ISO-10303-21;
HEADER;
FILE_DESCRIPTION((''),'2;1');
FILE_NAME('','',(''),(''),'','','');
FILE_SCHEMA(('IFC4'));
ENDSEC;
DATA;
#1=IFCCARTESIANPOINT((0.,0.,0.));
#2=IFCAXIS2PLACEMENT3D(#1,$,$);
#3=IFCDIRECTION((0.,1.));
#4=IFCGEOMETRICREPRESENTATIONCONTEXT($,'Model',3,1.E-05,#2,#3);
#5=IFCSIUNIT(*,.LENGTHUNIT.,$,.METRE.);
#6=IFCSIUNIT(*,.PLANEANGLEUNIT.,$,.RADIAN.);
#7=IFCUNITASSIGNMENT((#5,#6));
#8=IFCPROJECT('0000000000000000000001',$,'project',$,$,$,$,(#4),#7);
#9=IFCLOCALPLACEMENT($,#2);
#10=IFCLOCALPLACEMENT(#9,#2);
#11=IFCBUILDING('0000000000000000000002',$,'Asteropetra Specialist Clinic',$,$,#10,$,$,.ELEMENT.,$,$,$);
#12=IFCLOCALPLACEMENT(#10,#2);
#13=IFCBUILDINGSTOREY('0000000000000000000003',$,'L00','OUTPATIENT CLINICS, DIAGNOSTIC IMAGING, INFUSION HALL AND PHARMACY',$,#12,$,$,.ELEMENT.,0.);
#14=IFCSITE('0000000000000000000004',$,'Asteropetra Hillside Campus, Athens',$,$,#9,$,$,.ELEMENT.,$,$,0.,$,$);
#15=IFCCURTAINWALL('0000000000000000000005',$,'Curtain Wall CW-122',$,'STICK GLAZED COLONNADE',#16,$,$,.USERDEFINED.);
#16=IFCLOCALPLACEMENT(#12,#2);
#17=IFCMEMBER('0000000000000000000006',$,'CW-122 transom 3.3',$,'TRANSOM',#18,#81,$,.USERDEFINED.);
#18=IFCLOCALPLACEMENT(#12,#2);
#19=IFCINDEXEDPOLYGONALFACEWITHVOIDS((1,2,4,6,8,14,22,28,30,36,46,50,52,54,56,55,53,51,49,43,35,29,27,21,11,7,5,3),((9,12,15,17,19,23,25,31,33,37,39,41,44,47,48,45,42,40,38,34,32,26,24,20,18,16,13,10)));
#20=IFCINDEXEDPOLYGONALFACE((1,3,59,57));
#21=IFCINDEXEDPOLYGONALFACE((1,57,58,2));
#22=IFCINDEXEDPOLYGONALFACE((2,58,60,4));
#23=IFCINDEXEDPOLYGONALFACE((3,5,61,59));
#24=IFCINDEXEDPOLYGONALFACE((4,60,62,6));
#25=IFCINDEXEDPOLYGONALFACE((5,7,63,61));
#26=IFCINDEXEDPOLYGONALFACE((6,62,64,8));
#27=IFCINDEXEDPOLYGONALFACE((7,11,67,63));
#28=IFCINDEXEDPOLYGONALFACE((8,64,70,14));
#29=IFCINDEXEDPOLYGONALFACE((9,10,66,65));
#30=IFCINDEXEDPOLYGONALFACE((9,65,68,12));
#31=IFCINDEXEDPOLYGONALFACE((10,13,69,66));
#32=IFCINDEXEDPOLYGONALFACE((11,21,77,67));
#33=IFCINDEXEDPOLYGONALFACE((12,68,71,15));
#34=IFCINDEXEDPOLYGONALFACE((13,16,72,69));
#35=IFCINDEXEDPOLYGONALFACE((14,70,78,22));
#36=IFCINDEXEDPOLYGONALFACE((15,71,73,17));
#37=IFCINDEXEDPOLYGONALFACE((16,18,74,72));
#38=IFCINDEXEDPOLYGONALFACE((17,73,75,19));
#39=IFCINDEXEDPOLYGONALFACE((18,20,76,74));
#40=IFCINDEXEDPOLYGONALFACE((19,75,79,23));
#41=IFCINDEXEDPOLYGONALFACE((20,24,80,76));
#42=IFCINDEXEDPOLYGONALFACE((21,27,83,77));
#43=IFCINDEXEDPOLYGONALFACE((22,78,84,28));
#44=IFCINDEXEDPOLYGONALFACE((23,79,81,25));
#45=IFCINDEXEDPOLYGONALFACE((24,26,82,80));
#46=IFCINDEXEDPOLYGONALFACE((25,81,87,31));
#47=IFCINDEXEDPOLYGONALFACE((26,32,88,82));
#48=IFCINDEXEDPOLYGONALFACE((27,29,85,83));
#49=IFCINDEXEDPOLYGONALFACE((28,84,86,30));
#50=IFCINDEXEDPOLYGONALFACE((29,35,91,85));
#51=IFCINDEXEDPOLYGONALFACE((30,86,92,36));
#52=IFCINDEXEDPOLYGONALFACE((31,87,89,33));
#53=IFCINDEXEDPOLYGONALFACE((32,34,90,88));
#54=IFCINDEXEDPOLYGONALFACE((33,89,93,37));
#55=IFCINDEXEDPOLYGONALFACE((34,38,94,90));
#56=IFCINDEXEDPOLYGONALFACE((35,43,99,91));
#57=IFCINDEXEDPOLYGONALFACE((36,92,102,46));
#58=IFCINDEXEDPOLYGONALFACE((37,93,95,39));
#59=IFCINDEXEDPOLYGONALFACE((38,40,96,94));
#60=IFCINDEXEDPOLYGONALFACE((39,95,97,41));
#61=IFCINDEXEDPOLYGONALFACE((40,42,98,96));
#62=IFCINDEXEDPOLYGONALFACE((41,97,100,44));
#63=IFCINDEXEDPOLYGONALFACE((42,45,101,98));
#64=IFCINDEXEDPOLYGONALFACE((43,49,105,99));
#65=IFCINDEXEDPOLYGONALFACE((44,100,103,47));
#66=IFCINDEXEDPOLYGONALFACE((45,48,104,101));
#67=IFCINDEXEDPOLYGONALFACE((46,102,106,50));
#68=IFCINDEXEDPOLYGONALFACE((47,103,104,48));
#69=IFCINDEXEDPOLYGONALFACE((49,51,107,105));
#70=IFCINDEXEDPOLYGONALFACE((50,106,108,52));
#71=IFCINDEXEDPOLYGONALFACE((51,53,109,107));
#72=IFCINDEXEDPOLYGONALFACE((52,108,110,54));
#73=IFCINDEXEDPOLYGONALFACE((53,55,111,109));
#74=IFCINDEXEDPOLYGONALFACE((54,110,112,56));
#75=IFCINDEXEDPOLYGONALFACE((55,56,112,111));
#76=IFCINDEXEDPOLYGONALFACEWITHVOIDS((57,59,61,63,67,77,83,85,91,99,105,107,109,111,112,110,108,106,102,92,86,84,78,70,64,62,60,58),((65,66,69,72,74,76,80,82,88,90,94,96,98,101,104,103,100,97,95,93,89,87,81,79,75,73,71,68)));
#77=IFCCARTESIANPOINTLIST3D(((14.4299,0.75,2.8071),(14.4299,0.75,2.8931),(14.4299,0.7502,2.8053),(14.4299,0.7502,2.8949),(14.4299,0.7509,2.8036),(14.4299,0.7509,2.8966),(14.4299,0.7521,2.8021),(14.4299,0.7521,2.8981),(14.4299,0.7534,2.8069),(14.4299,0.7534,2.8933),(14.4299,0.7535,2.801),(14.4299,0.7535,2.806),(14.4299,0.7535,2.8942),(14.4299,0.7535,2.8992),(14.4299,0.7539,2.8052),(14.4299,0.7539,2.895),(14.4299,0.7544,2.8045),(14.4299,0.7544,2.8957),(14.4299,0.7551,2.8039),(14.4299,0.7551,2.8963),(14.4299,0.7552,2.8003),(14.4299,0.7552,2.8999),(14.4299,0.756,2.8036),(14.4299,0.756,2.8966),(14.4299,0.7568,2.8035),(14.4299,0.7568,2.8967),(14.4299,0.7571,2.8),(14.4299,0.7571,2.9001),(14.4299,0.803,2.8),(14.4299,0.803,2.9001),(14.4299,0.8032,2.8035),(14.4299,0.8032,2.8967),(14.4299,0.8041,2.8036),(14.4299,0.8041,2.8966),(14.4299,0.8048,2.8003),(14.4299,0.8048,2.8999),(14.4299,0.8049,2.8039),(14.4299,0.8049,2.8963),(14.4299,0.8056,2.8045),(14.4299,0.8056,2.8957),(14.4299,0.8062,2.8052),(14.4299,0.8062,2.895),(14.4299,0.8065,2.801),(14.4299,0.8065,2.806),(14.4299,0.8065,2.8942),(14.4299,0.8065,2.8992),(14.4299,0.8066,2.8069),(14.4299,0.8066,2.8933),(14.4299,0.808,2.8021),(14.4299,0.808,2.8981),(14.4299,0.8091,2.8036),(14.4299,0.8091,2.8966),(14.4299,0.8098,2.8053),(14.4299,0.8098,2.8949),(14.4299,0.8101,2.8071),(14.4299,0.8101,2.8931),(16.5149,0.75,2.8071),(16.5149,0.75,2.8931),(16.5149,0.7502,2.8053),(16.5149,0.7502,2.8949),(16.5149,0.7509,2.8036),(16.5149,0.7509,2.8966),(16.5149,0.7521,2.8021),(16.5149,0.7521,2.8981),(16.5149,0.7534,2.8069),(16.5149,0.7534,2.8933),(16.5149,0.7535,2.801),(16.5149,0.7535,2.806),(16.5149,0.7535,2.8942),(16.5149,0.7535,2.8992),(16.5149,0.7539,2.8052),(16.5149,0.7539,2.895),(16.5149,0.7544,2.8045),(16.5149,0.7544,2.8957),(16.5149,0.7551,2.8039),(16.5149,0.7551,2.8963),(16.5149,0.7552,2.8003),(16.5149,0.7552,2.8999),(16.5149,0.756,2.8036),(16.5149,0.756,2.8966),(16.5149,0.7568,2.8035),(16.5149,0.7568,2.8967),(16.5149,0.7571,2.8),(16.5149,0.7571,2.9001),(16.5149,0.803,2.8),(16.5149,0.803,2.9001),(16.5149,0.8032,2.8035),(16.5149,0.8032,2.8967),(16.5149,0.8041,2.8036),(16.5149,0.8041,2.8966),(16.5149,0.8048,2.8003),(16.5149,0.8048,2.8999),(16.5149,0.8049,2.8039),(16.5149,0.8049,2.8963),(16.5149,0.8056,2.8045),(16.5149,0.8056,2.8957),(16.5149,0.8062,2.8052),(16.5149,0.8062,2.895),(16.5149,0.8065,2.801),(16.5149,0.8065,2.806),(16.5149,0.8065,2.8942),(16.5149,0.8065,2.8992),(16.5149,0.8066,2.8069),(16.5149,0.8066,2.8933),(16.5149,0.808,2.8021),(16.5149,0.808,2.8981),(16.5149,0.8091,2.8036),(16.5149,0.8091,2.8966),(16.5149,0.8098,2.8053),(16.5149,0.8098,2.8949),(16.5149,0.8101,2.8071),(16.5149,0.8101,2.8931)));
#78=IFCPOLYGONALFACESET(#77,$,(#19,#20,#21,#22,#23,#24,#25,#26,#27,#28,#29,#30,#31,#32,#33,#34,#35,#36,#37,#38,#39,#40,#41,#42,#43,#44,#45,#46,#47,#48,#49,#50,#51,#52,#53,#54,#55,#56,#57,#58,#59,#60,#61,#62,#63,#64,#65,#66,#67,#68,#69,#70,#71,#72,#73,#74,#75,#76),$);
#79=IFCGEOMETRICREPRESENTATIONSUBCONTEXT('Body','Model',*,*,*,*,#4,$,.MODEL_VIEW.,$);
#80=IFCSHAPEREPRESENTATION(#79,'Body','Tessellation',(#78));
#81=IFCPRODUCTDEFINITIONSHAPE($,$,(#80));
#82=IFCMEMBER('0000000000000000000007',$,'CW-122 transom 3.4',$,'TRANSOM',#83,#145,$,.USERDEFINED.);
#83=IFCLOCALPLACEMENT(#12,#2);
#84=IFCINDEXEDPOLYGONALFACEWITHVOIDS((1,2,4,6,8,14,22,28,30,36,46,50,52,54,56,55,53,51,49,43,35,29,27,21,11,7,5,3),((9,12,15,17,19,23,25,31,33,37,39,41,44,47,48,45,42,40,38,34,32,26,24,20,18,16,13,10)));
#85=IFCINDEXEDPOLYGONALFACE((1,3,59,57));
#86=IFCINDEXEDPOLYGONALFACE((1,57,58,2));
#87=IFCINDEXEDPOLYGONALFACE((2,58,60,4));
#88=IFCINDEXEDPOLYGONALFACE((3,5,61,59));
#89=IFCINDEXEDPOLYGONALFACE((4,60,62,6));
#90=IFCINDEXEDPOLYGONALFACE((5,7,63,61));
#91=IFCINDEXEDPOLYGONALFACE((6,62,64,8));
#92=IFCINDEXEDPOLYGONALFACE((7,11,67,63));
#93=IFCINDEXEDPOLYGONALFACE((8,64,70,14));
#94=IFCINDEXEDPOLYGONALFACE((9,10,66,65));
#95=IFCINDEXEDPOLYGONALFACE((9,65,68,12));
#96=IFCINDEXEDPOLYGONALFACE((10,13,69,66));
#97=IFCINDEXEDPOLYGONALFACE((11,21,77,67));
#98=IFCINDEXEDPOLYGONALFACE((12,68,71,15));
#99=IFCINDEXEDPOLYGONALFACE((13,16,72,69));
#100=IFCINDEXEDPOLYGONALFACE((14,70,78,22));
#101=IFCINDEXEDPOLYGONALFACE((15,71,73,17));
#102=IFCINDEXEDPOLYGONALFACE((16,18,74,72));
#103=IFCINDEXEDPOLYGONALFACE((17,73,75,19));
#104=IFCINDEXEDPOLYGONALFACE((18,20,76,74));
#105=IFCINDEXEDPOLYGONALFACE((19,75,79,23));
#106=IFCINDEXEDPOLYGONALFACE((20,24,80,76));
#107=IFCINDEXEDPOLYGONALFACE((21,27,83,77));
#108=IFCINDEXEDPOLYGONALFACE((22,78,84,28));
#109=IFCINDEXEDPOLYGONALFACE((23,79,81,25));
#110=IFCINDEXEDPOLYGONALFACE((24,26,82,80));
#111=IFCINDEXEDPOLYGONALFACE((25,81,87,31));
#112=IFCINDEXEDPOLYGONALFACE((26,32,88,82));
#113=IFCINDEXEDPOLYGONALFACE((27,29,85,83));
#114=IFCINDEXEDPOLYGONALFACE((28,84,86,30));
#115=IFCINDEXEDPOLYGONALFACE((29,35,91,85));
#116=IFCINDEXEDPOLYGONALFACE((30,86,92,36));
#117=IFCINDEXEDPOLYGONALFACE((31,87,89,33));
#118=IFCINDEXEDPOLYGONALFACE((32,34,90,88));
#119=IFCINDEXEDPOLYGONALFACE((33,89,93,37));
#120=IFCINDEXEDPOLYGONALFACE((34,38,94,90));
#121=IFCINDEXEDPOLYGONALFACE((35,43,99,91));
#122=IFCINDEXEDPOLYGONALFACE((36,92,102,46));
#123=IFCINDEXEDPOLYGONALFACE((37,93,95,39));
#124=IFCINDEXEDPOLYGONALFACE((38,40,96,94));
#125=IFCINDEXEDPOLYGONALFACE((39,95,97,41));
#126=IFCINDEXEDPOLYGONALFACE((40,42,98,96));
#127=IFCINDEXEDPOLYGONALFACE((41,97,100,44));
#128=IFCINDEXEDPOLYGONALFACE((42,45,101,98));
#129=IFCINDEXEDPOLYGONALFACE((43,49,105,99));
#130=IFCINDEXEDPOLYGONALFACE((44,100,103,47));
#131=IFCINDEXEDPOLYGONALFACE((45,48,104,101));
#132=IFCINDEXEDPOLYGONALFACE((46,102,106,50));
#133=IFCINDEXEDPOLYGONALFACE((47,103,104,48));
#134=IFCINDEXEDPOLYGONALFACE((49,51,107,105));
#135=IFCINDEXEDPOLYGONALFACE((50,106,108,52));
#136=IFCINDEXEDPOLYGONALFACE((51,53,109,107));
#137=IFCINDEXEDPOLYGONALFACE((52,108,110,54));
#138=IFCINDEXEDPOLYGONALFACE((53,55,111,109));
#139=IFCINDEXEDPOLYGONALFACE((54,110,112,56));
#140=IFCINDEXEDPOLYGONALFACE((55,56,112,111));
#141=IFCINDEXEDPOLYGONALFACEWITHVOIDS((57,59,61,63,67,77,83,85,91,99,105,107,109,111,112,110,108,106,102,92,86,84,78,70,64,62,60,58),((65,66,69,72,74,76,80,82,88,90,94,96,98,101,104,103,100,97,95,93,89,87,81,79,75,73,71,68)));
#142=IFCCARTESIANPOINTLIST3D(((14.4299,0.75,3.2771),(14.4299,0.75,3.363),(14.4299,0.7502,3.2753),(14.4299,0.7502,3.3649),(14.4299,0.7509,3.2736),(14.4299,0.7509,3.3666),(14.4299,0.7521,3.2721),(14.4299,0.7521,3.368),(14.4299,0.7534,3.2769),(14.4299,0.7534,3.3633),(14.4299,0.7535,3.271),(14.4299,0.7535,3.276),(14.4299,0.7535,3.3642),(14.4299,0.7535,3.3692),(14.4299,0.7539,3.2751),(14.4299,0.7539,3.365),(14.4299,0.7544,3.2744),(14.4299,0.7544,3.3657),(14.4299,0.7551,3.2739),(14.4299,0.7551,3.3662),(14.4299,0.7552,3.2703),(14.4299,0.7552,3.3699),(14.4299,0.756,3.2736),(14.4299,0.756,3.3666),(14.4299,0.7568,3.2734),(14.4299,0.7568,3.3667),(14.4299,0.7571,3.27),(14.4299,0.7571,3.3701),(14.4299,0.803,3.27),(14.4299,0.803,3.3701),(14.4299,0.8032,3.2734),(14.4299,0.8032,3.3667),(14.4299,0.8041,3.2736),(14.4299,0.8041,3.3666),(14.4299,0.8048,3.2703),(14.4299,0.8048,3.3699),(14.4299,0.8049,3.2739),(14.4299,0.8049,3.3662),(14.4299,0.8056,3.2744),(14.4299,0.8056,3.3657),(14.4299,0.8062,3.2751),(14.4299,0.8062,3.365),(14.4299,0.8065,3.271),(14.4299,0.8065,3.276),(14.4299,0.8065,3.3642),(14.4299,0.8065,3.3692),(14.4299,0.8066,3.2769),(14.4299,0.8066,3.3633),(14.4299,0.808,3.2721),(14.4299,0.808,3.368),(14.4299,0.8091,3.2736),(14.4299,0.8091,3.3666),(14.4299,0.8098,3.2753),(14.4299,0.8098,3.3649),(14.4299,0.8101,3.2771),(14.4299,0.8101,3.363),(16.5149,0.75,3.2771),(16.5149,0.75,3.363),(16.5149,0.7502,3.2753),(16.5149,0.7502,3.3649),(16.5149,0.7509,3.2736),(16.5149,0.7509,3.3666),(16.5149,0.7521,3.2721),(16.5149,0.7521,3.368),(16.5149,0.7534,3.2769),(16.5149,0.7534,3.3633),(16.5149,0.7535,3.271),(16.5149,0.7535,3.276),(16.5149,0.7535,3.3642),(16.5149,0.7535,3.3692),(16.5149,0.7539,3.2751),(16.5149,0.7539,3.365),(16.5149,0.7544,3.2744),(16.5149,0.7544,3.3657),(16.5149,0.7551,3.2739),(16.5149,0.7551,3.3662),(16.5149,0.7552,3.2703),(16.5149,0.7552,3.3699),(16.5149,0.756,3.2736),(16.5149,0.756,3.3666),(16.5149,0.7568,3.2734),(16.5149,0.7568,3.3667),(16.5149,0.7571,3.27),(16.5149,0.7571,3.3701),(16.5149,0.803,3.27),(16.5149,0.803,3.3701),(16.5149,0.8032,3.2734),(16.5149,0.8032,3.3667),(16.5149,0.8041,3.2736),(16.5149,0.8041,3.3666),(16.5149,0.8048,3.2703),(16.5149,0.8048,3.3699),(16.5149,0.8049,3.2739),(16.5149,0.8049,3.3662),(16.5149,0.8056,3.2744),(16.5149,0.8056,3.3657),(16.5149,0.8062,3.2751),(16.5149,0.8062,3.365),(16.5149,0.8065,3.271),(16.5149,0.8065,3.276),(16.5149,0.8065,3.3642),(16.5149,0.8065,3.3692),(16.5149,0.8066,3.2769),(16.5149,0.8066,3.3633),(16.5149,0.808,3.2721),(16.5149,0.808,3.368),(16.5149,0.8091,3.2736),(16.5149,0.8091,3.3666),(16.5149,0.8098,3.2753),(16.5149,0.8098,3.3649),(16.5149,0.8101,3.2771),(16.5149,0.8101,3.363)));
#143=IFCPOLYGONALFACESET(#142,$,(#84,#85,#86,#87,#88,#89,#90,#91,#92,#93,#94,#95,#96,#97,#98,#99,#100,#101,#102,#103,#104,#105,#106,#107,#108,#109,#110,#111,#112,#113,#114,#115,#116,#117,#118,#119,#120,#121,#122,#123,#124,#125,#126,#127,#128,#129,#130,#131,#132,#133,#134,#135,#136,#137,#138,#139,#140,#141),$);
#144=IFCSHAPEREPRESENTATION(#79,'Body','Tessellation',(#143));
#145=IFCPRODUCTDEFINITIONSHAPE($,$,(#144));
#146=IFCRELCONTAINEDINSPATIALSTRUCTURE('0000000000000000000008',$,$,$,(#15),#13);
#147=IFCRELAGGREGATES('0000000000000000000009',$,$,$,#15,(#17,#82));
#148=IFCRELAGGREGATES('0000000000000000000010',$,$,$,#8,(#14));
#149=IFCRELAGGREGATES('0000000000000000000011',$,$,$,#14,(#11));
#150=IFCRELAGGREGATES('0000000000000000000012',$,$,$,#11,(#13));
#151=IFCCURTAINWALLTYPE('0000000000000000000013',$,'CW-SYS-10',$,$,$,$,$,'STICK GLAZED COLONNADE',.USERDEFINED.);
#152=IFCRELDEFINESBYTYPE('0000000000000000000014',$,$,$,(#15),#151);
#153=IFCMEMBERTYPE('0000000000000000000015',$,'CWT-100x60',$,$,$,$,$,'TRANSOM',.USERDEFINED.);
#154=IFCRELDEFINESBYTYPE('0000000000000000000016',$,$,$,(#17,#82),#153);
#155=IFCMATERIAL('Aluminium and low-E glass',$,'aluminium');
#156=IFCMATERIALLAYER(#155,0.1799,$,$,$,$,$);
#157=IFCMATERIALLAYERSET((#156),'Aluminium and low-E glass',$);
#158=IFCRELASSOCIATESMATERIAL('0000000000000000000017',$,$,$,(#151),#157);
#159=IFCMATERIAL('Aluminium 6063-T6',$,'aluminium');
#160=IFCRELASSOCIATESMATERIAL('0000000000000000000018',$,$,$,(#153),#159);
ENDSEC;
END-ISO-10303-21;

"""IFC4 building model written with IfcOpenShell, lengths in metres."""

from ifc_helpers import new_model, si_unit, direction, frame, origin, origin_2d, place, context, subcontext, project, spatial, hollow_rectangle, extrude, material, layer, layer_set, material_profile, profile_set, type_object, element, aggregate, save


model = new_model("IFC4")

# Units and contexts
model_context = context("Model", 3, precision=1e-05, world=origin(), true_north=direction((0.0, 1.0)))
body_context = subcontext(model_context, "Body", "Model", "MODEL_VIEW")
ifc_project = project(units=[si_unit("LENGTHUNIT", "METRE"), si_unit("PLANEANGLEUNIT", "RADIAN")], contexts=[model_context])

# Site, building, storey
site_placement = place(None, origin())
site = spatial("IfcSite", under=ifc_project, at=site_placement, Name="Asteropetra Hillside Campus, Athens", CompositionType="ELEMENT", RefElevation=0.0)
building_placement = place(site_placement, origin())
building = spatial("IfcBuilding", under=site, at=building_placement, Name="Asteropetra Specialist Clinic", CompositionType="ELEMENT")
storey_placement = place(building_placement, origin())
storey = spatial("IfcBuildingStorey", under=building, at=storey_placement, Name="L00", Description="OUTPATIENT CLINICS, DIAGNOSTIC IMAGING, INFUSION HALL AND PHARMACY", CompositionType="ELEMENT", Elevation=0.0)

# Curtain wall, members
ifc_material_1 = material(Name="Aluminium and low-E glass", Category="aluminium")
ifc_layer_1 = layer(ifc_material_1, 0.1799)
ifc_layer_set_1 = layer_set([ifc_layer_1], Name="Aluminium and low-E glass")
curtain_wall_type = type_object("IfcCurtainWallType", Name="CW-SYS-10", ElementType="STICK GLAZED COLONNADE", PredefinedType="USERDEFINED", material=ifc_layer_set_1)
curtain_wall_placement = place(storey_placement, origin())
curtain_wall = element("IfcCurtainWall", 1, at=curtain_wall_placement, inside=storey, type_object=curtain_wall_type, Name="Curtain Wall CW-122", ObjectType="STICK GLAZED COLONNADE", PredefinedType="USERDEFINED")
ifc_material_2 = material(Name="Aluminium 6063-T6", Category="aluminium")
ifc_material_profile_1 = material_profile(ifc_material_2, hollow_rectangle(XDim=0.0601, YDim=0.1001, WallThickness=0.0034, InnerFilletRadius=0.0034, OuterFilletRadius=0.0071, at=origin_2d()), Name="TRN 100x60x3.5")
ifc_profile_set_1 = profile_set([ifc_material_profile_1], Name="Aluminium 6063-T6")
member_type_1 = type_object("IfcMemberType", Name="CWT-100x60", ElementType="TRANSOM", PredefinedType="USERDEFINED", material=ifc_profile_set_1)
member_1_placement = place(storey_placement, frame((14.4299, 0.78, 2.8501), z_axis=(1.0, 0.0, 0.0), x_axis=(0.0, 1.0, 0.0)))
member_1 = element("IfcMember", 2, at=member_1_placement, type_object=member_type_1, Name="CW-122 transom 3.3", ObjectType="TRANSOM", PredefinedType="USERDEFINED", context=body_context, shape_type="SweptSolid", body=[
    extrude(hollow_rectangle(XDim=0.0601, YDim=0.1001, WallThickness=0.0034, InnerFilletRadius=0.0034, OuterFilletRadius=0.0071, at=origin_2d()), origin(), (0.0, 0.0, 1.0), 2.085),
])
member_2_placement = place(storey_placement, frame((14.4299, 0.78, 3.3201), z_axis=(1.0, 0.0, 0.0), x_axis=(0.0, 1.0, 0.0)))
member_2 = element("IfcMember", 3, at=member_2_placement, type_object=member_type_1, Name="CW-122 transom 3.4", ObjectType="TRANSOM", PredefinedType="USERDEFINED", context=body_context, shape_type="SweptSolid", body=[
    extrude(hollow_rectangle(XDim=0.0601, YDim=0.1001, WallThickness=0.0034, InnerFilletRadius=0.0034, OuterFilletRadius=0.0071, at=origin_2d()), origin(), (0.0, 0.0, 1.0), 2.085),
])

aggregate(curtain_wall, [member_1, member_2])

save(model, "model.ifc")
